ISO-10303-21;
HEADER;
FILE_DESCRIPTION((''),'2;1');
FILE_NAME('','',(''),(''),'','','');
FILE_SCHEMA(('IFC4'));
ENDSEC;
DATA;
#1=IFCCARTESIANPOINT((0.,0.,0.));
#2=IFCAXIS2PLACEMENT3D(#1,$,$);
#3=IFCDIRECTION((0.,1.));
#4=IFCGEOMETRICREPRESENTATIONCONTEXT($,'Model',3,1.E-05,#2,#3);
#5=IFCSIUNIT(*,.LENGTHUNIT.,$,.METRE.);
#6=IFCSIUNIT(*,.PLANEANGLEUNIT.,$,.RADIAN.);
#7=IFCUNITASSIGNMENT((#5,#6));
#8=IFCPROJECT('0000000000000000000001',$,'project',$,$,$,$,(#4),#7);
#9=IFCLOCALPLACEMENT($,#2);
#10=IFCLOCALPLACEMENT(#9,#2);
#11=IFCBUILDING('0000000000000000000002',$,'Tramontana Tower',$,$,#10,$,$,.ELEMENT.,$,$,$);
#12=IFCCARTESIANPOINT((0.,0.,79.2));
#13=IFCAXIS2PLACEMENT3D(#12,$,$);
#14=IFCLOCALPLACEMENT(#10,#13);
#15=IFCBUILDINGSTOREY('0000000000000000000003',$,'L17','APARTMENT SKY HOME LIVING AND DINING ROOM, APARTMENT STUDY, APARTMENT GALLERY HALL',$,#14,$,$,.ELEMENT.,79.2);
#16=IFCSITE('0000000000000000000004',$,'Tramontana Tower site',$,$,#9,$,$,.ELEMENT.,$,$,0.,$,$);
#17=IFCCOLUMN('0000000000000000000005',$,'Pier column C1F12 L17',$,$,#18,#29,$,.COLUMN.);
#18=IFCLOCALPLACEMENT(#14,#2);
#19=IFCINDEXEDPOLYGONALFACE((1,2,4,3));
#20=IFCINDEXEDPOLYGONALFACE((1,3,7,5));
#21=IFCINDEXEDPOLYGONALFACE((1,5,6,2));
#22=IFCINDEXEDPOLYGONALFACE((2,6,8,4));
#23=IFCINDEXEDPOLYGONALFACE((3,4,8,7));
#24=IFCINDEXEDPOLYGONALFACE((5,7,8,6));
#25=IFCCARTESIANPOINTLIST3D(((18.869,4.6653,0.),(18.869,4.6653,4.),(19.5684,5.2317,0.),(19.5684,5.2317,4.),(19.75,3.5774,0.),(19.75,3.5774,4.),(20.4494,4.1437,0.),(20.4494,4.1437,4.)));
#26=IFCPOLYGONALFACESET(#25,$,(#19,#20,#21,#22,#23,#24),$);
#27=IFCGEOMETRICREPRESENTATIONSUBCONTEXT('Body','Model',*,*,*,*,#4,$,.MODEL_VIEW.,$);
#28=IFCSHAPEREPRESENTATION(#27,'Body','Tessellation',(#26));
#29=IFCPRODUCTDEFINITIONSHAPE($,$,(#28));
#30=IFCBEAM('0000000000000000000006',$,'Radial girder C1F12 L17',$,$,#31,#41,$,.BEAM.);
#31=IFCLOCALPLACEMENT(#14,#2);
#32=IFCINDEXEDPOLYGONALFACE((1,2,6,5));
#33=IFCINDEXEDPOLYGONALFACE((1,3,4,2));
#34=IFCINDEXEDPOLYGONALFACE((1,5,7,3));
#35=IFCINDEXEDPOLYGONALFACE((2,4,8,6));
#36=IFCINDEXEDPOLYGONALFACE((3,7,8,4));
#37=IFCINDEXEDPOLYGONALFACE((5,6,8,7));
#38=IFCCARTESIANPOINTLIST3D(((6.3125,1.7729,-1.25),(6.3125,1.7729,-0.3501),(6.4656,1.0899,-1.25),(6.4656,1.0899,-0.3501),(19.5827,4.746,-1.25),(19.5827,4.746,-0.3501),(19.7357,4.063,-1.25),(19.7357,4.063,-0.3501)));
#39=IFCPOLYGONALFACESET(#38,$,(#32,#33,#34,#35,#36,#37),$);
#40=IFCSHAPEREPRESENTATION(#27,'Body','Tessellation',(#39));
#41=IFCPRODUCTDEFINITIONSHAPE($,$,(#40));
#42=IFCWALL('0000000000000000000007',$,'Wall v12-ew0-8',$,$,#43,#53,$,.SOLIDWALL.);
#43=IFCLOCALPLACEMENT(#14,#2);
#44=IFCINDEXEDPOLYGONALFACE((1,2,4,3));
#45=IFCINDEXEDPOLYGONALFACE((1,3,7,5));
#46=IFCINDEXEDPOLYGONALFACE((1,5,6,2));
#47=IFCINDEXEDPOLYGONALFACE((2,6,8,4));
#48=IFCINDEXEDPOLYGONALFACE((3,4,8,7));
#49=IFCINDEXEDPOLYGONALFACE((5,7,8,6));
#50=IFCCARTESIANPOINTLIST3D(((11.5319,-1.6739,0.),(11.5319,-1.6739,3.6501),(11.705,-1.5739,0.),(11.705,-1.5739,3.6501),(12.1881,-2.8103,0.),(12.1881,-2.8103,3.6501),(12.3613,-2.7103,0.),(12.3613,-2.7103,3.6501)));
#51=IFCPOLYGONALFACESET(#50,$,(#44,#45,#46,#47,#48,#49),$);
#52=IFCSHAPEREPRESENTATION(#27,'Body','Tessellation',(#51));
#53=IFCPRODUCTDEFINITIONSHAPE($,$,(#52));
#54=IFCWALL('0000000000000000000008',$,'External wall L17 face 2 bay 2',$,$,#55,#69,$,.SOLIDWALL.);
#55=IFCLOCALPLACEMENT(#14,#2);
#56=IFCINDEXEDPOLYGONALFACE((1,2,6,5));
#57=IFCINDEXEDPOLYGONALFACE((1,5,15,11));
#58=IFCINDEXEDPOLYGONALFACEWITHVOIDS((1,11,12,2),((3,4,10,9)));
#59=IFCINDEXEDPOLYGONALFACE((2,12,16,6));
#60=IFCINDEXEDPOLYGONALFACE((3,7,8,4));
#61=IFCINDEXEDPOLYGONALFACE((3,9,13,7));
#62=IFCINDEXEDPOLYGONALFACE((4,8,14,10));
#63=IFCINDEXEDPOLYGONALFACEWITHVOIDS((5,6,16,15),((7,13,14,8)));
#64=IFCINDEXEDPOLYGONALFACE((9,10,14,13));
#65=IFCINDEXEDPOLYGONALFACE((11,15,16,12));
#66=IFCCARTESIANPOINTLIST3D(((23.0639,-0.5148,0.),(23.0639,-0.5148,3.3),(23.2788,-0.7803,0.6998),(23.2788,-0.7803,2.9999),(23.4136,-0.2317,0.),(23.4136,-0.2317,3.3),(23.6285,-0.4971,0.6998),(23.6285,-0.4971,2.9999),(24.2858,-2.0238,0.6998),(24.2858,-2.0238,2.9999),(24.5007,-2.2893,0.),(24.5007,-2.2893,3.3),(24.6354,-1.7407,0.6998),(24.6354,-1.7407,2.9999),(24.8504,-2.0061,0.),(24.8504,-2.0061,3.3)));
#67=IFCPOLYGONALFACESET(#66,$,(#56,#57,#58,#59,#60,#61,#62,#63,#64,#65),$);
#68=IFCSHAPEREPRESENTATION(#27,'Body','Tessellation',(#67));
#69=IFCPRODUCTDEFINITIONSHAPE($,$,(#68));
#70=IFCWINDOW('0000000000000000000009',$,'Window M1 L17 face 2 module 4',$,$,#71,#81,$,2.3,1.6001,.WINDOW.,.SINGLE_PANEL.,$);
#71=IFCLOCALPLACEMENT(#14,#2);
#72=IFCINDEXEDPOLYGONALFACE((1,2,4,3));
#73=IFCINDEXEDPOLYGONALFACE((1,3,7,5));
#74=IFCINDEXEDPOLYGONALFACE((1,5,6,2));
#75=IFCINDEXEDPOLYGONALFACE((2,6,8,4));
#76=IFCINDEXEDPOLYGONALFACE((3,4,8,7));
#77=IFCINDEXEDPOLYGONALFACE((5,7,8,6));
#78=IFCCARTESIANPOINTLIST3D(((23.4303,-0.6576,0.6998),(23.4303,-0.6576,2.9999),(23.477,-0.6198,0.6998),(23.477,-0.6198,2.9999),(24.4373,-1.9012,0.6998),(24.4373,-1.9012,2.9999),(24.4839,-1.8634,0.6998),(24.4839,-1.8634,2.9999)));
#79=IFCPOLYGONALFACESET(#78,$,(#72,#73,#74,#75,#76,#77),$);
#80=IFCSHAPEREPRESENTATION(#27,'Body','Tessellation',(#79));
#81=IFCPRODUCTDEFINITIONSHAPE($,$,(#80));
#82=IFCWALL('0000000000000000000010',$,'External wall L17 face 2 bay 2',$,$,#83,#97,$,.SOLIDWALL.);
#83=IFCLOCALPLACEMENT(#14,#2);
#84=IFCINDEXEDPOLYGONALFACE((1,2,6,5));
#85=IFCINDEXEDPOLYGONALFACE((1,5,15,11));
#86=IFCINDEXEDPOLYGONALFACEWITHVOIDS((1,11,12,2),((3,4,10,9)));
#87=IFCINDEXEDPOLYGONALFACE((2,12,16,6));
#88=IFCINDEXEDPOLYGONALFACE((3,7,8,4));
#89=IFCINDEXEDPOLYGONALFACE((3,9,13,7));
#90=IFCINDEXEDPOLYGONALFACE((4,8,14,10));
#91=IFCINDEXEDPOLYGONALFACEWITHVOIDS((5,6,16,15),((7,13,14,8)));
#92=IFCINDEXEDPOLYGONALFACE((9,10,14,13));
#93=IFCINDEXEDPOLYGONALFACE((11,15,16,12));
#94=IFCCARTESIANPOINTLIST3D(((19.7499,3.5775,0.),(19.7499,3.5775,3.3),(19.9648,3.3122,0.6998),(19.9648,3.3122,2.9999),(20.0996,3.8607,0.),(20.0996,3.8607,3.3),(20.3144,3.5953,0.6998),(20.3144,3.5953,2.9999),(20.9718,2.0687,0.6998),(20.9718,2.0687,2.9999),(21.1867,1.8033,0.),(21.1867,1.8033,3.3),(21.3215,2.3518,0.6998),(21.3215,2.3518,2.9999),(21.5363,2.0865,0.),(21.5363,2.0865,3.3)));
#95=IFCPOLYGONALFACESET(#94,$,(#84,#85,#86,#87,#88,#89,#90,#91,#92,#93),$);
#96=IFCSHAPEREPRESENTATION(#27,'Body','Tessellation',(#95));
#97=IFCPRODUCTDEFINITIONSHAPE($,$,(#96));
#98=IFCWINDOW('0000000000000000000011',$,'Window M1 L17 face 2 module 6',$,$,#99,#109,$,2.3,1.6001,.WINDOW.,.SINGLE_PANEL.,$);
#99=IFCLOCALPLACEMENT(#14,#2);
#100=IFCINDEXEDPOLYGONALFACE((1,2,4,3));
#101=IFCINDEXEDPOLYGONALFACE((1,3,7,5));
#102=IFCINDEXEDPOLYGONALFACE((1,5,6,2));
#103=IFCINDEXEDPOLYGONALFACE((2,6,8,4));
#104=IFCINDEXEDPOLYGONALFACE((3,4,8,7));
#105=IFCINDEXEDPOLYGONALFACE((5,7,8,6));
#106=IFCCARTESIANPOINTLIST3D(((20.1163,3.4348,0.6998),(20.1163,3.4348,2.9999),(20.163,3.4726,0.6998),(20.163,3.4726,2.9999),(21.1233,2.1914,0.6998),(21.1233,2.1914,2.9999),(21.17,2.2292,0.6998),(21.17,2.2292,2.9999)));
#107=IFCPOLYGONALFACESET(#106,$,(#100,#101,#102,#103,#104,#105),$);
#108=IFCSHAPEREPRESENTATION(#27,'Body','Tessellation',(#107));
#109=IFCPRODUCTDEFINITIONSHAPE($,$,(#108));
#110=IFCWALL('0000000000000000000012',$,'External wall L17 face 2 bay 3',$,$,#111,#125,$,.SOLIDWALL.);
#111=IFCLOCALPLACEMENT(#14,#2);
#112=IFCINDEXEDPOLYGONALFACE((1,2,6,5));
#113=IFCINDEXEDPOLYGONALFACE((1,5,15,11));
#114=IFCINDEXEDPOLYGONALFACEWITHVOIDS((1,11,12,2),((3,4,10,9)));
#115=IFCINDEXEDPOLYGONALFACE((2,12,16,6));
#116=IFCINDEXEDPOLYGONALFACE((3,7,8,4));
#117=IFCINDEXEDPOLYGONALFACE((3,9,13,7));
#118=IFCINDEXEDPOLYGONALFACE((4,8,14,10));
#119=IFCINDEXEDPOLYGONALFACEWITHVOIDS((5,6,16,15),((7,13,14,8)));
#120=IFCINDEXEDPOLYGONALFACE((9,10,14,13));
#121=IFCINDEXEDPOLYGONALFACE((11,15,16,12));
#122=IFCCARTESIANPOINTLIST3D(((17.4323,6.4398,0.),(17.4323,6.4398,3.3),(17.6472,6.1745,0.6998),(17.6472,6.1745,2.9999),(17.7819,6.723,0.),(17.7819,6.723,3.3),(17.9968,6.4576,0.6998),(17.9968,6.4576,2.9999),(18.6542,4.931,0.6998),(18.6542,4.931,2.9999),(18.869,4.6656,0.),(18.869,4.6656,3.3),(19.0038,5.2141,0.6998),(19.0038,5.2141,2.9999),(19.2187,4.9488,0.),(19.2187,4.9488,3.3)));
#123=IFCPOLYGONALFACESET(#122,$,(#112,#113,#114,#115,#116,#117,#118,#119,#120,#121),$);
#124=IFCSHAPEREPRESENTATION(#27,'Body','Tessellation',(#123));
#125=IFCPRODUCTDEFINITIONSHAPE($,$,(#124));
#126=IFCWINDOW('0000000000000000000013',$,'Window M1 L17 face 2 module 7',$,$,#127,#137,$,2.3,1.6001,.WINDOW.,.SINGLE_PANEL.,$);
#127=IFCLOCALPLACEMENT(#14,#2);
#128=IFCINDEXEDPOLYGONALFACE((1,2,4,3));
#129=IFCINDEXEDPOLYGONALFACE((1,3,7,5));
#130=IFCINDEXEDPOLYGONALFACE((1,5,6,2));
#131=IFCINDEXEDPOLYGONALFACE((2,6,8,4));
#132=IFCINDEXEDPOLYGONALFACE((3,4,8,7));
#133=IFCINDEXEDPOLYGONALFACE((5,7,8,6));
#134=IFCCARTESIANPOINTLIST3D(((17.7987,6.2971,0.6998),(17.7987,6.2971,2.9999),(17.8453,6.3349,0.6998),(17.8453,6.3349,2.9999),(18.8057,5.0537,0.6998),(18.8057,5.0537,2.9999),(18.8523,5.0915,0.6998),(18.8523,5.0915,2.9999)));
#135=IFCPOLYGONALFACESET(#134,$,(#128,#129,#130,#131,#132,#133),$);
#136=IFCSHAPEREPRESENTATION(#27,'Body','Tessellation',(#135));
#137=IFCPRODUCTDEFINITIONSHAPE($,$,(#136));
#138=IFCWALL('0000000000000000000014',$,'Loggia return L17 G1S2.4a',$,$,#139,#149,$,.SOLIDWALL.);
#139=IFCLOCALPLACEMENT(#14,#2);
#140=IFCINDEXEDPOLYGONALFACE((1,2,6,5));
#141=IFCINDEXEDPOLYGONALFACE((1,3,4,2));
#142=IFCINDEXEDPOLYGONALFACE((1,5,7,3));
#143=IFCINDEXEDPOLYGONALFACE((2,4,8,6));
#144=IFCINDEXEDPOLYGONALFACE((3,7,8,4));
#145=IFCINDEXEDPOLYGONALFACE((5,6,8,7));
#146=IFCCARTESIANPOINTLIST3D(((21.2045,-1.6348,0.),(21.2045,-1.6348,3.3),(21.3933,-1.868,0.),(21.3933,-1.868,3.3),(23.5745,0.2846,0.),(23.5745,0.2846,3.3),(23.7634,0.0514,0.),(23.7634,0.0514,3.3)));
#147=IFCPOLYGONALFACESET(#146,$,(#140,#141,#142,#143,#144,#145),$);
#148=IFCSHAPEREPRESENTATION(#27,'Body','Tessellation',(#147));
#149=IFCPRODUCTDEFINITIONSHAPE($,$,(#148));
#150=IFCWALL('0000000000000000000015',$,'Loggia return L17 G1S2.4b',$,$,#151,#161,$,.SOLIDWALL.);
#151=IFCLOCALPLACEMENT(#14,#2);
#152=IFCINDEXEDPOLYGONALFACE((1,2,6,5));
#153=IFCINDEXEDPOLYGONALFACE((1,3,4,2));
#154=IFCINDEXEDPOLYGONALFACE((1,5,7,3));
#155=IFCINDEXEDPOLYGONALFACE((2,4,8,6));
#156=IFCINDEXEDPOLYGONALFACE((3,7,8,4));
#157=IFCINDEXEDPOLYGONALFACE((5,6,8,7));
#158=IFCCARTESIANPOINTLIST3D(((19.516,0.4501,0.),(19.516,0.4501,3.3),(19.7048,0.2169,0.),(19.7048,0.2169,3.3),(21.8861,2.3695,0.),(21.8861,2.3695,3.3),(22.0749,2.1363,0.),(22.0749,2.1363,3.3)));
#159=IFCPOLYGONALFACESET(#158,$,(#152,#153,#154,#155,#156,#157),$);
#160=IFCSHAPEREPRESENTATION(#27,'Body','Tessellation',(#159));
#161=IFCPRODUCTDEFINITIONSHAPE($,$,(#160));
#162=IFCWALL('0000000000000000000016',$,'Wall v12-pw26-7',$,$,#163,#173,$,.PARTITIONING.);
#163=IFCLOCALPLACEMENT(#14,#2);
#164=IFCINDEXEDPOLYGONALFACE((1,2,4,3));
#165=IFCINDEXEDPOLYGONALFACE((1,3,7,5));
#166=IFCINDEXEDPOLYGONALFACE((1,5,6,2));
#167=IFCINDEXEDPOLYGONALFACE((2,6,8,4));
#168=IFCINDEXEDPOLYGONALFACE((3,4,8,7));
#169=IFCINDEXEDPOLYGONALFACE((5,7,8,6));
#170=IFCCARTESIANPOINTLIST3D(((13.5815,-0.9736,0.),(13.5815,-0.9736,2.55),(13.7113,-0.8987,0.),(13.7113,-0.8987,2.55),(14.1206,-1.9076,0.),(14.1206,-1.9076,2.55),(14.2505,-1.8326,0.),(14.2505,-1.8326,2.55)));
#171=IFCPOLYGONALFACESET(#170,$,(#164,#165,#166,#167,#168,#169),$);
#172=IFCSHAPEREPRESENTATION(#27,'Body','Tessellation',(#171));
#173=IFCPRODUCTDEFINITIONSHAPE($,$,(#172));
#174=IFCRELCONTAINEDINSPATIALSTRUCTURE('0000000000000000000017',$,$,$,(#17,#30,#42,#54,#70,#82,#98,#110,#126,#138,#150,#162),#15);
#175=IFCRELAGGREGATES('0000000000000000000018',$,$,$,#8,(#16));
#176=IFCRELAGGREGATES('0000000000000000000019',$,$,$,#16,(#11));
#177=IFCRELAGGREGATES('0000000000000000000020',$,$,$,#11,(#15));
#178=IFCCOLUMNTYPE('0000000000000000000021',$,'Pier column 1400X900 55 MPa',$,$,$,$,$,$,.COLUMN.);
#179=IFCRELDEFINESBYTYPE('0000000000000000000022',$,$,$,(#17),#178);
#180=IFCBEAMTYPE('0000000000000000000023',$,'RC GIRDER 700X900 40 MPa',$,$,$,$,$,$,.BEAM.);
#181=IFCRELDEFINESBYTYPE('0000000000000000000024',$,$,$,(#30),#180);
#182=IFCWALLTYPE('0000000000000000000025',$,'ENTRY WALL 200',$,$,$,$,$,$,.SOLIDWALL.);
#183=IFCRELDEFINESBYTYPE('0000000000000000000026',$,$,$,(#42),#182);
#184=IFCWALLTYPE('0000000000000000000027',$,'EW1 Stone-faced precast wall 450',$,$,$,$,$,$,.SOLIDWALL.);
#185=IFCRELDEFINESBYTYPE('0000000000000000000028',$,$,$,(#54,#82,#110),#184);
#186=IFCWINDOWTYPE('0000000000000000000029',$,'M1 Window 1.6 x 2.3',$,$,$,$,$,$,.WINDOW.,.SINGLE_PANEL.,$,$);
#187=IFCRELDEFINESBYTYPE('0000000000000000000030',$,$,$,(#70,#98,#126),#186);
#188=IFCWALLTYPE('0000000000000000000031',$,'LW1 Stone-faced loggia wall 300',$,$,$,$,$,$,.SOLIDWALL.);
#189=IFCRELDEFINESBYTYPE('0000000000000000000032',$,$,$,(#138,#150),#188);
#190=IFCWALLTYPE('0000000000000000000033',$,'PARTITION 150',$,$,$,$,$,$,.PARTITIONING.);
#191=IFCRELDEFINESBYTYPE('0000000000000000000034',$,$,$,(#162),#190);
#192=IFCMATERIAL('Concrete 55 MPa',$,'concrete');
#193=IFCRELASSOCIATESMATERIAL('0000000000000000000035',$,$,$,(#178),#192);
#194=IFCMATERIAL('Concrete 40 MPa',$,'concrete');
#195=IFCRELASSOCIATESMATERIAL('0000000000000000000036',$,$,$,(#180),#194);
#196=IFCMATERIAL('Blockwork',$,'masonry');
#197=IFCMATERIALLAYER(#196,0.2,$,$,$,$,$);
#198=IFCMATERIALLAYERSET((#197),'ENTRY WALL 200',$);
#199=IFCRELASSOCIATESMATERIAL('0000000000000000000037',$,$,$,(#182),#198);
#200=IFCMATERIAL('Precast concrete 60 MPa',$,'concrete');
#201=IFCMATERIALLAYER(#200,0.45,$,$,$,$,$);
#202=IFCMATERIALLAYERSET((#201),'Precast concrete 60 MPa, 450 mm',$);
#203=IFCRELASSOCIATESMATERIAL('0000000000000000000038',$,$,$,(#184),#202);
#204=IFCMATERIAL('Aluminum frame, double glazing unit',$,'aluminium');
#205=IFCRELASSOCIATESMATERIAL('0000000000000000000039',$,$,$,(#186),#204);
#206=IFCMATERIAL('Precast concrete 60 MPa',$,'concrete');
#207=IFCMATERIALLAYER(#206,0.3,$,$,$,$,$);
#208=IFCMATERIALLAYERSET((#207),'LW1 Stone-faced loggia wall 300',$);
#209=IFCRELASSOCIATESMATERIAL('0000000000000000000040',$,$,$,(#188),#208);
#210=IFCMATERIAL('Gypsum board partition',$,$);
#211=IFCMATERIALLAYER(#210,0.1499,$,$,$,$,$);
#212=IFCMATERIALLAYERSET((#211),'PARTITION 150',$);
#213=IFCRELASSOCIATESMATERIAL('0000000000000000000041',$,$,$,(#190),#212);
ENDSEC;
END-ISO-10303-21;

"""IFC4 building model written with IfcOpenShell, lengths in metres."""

from ifc_helpers import new_model, si_unit, direction, frame, frame_2d, origin, origin_2d, place, context, subcontext, project, spatial, rectangle, extrude, material, layer, layer_set, material_profile, profile_set, type_object, element, fill, save


model = new_model("IFC4")

# Units and contexts
model_context = context("Model", 3, precision=1e-05, world=origin(), true_north=direction((0.0, 1.0)))
body_context = subcontext(model_context, "Body", "Model", "MODEL_VIEW")
ifc_project = project(units=[si_unit("LENGTHUNIT", "METRE"), si_unit("PLANEANGLEUNIT", "RADIAN")], contexts=[model_context])

# Site, building, storey
site_placement = place(None, origin())
site = spatial("IfcSite", under=ifc_project, at=site_placement, Name="Tramontana Tower site", CompositionType="ELEMENT", RefElevation=0.0)
building_placement = place(site_placement, origin())
building = spatial("IfcBuilding", under=site, at=building_placement, Name="Tramontana Tower", CompositionType="ELEMENT")
storey_placement = place(building_placement, frame((0.0, 0.0, 79.2)))
storey = spatial("IfcBuildingStorey", under=building, at=storey_placement, Name="L17", Description="APARTMENT SKY HOME LIVING AND DINING ROOM, APARTMENT STUDY, APARTMENT GALLERY HALL", CompositionType="ELEMENT", Elevation=79.2)

# Column
ifc_material_1 = material(Name="Concrete 55 MPa", Category="concrete")
ifc_material_profile_1 = material_profile(ifc_material_1, rectangle(XDim=1.3999, YDim=0.8999, at=origin_2d()), Name="Pier column 1400X900 55 MPa")
ifc_profile_set_1 = profile_set([ifc_material_profile_1], Name="Concrete 55 MPa")
column_type = type_object("IfcColumnType", Name="Pier column 1400X900 55 MPa", PredefinedType="COLUMN", material=ifc_profile_set_1)
column_placement = place(storey_placement, frame((19.6592, 4.4045, 0.0), z_axis=(0.0, 0.0, 1.0), x_axis=(-0.62932, 0.777146, 0.0)))
element("IfcColumn", 1, at=column_placement, inside=storey, type_object=column_type, Name="Pier column C1F12 L17", PredefinedType="COLUMN", context=body_context, shape_type="SweptSolid", body=[
    extrude(rectangle(XDim=1.3999, YDim=0.8999, at=origin_2d()), origin(), (0.0, 0.0, 1.0), 4.0),
])

# Beam
ifc_material_2 = material(Name="Concrete 40 MPa", Category="concrete")
ifc_material_profile_2 = material_profile(ifc_material_2, rectangle(XDim=0.7, YDim=0.8999, at=origin_2d()), Name="RC GIRDER 700X900 40 MPa")
ifc_profile_set_2 = profile_set([ifc_material_profile_2], Name="Concrete 40 MPa")
beam_type = type_object("IfcBeamType", Name="RC GIRDER 700X900 40 MPa", PredefinedType="BEAM", material=ifc_profile_set_2)
beam_placement = place(storey_placement, frame((19.6592, 4.4045, -0.8), z_axis=(-0.975808, -0.21863, 0.0), x_axis=(0.21863, -0.975808, 0.0)))
element("IfcBeam", 2, at=beam_placement, inside=storey, type_object=beam_type, Name="Radial girder C1F12 L17", PredefinedType="BEAM", context=body_context, shape_type="SweptSolid", body=[
    extrude(rectangle(XDim=0.7, YDim=0.8999, at=origin_2d()), origin(), (0.0, 0.0, 1.0), 13.5991),
])

# Wall
ifc_material_3 = material(Name="Blockwork", Category="masonry")
ifc_layer_1 = layer(ifc_material_3, 0.2)
ifc_layer_set_1 = layer_set([ifc_layer_1], Name="ENTRY WALL 200")
wall_type_1 = type_object("IfcWallType", Name="ENTRY WALL 200", PredefinedType="SOLIDWALL", material=ifc_layer_set_1)
wall_1_placement = place(storey_placement, frame((11.6184, -1.6238, 0.0), z_axis=(0.0, 0.0, 1.0), x_axis=(0.500061, -0.86599, 0.0)))
element("IfcWall", 3, at=wall_1_placement, inside=storey, type_object=wall_type_1, Name="Wall v12-ew0-8", PredefinedType="SOLIDWALL", context=body_context, shape_type="SweptSolid", body=[
    extrude(rectangle(XDim=1.3123, YDim=0.2, at=frame_2d((0.6562, 0.0))), origin(), (0.0, 0.0, 1.0), 3.6501),
])

# Walls, openings, windows
ifc_material_4 = material(Name="Precast concrete 60 MPa", Category="concrete")
ifc_layer_2 = layer(ifc_material_4, 0.45)
ifc_layer_set_2 = layer_set([ifc_layer_2], Name="Precast concrete 60 MPa, 450 mm")
wall_type_2 = type_object("IfcWallType", Name="EW1 Stone-faced precast wall 450", PredefinedType="SOLIDWALL", material=ifc_layer_set_2)
wall_2_placement = place(storey_placement, frame((24.6755, -2.1477, 0.0), z_axis=(0.0, 0.0, 1.0), x_axis=(-0.629287, 0.777173, 0.0)))
wall_2 = element("IfcWall", 4, at=wall_2_placement, inside=storey, type_object=wall_type_2, Name="External wall L17 face 2 bay 2", PredefinedType="SOLIDWALL", context=body_context, shape_type="SweptSolid", body=[
    extrude(rectangle(XDim=2.2832, YDim=0.45, at=frame_2d((1.1416, 0.0))), origin(), (0.0, 0.0, 1.0), 3.3),
])
opening_1_placement = place(wall_2_placement, frame((0.3416, 0.0, 0.7)))
opening_1 = element("IfcOpeningElement", 5, at=opening_1_placement, cuts=wall_2, PredefinedType="OPENING", context=body_context, shape_type="SweptSolid", body=[
    extrude(rectangle(XDim=1.6001, YDim=2.3, at=frame_2d((0.8, 1.1499))), frame((0.0, 0.2349, 0.0), z_axis=(0.0, -1.0, 0.0), x_axis=(1.0, 0.0, 0.0)), (0.0, 0.0, 1.0), 0.47),
])
ifc_material_5 = material(Name="Aluminum frame, double glazing unit", Category="aluminium")
window_type = type_object("IfcWindowType", Name="M1 Window 1.6 x 2.3", PartitioningType="SINGLE_PANEL", PredefinedType="WINDOW", material=ifc_material_5)
window_1_placement = place(opening_1_placement, origin())
window_1 = element("IfcWindow", 6, at=window_1_placement, inside=storey, type_object=window_type, Name="Window M1 L17 face 2 module 4", OverallHeight=2.3, OverallWidth=1.6001, PartitioningType="SINGLE_PANEL", PredefinedType="WINDOW", context=body_context, shape_type="SweptSolid", body=[
    extrude(rectangle(XDim=1.6001, YDim=2.3, at=frame_2d((0.8, 1.1499))), frame((0.0, 0.03, 0.0), z_axis=(0.0, -1.0, 0.0), x_axis=(1.0, 0.0, 0.0)), (0.0, 0.0, 1.0), 0.0601),
])
fill(opening_1, window_1)
wall_3_placement = place(storey_placement, frame((21.3616, 1.9448, 0.0), z_axis=(0.0, 0.0, 1.0), x_axis=(-0.62934, 0.77713, 0.0)))
wall_3 = element("IfcWall", 7, at=wall_3_placement, inside=storey, type_object=wall_type_2, Name="External wall L17 face 2 bay 2", PredefinedType="SOLIDWALL", context=body_context, shape_type="SweptSolid", body=[
    extrude(rectangle(XDim=2.283, YDim=0.45, at=frame_2d((1.1416, 0.0))), origin(), (0.0, 0.0, 1.0), 3.3),
])
opening_2_placement = place(wall_3_placement, frame((0.3416, 0.0, 0.7)))
opening_2 = element("IfcOpeningElement", 8, at=opening_2_placement, cuts=wall_3, PredefinedType="OPENING", context=body_context, shape_type="SweptSolid", body=[
    extrude(rectangle(XDim=1.6001, YDim=2.3, at=frame_2d((0.8, 1.1499))), frame((0.0, 0.2349, 0.0), z_axis=(0.0, -1.0, 0.0), x_axis=(1.0, 0.0, 0.0)), (0.0, 0.0, 1.0), 0.47),
])
window_2_placement = place(opening_2_placement, origin())
window_2 = element("IfcWindow", 9, at=window_2_placement, inside=storey, type_object=window_type, Name="Window M1 L17 face 2 module 6", OverallHeight=2.3, OverallWidth=1.6001, PartitioningType="SINGLE_PANEL", PredefinedType="WINDOW", context=body_context, shape_type="SweptSolid", body=[
    extrude(rectangle(XDim=1.6001, YDim=2.3, at=frame_2d((0.8, 1.1499))), frame((0.0, 0.03, 0.0), z_axis=(0.0, -1.0, 0.0), x_axis=(1.0, 0.0, 0.0)), (0.0, 0.0, 1.0), 0.0601),
])
fill(opening_2, window_2)
wall_4_placement = place(storey_placement, frame((19.0439, 4.8071, 0.0), z_axis=(0.0, 0.0, 1.0), x_axis=(-0.62934, 0.77713, 0.0)))
wall_4 = element("IfcWall", 10, at=wall_4_placement, inside=storey, type_object=wall_type_2, Name="External wall L17 face 2 bay 3", PredefinedType="SOLIDWALL", context=body_context, shape_type="SweptSolid", body=[
    extrude(rectangle(XDim=2.283, YDim=0.45, at=frame_2d((1.1416, 0.0))), origin(), (0.0, 0.0, 1.0), 3.3),
])
opening_3_placement = place(wall_4_placement, frame((0.3416, 0.0, 0.7)))
opening_3 = element("IfcOpeningElement", 11, at=opening_3_placement, cuts=wall_4, PredefinedType="OPENING", context=body_context, shape_type="SweptSolid", body=[
    extrude(rectangle(XDim=1.6001, YDim=2.3, at=frame_2d((0.8, 1.1499))), frame((0.0, 0.2349, 0.0), z_axis=(0.0, -1.0, 0.0), x_axis=(1.0, 0.0, 0.0)), (0.0, 0.0, 1.0), 0.47),
])
window_3_placement = place(opening_3_placement, origin())
window_3 = element("IfcWindow", 12, at=window_3_placement, inside=storey, type_object=window_type, Name="Window M1 L17 face 2 module 7", OverallHeight=2.3, OverallWidth=1.6001, PartitioningType="SINGLE_PANEL", PredefinedType="WINDOW", context=body_context, shape_type="SweptSolid", body=[
    extrude(rectangle(XDim=1.6001, YDim=2.3, at=frame_2d((0.8, 1.1499))), frame((0.0, 0.03, 0.0), z_axis=(0.0, -1.0, 0.0), x_axis=(1.0, 0.0, 0.0)), (0.0, 0.0, 1.0), 0.0601),
])
fill(opening_3, window_3)

# Shared definitions
ifc_material_6 = material(Name="Precast concrete 60 MPa", Category="concrete")
ifc_layer_3 = layer(ifc_material_6, 0.3)
ifc_layer_set_3 = layer_set([ifc_layer_3], Name="LW1 Stone-faced loggia wall 300")
wall_type_3 = type_object("IfcWallType", Name="LW1 Stone-faced loggia wall 300", PredefinedType="SOLIDWALL", material=ifc_layer_set_3)

# Walls
for number, where, z_axis, x_axis, name in (
    (13, (23.6689, 0.168, 0.0), (0.0, 0.0, 1.0), (-0.777122, -0.62935, 0.0), "Loggia return L17 G1S2.4a"),
    (14, (21.9805, 2.2529, 0.0), (0.0, 0.0, 1.0), (-0.777122, -0.62935, 0.0), "Loggia return L17 G1S2.4b"),
):
    element("IfcWall", number, at=place(storey_placement, frame(where, z_axis=z_axis, x_axis=x_axis)), inside=storey, type_object=wall_type_3, Name=name, PredefinedType="SOLIDWALL", context=body_context, shape_type="SweptSolid", body=[
        extrude(rectangle(XDim=3.0498, YDim=0.3, at=frame_2d((1.5249, 0.0))), origin(), (0.0, 0.0, 1.0), 3.3),
    ])

# Shared definitions
ifc_material_7 = material(Name="Gypsum board partition")
ifc_layer_4 = layer(ifc_material_7, 0.1499)
ifc_layer_set_4 = layer_set([ifc_layer_4], Name="PARTITION 150")
wall_type_4 = type_object("IfcWallType", Name="PARTITION 150", PredefinedType="PARTITIONING", material=ifc_layer_set_4)

# Wall
wall_5_placement = place(storey_placement, frame((13.6465, -0.9363, 0.0), z_axis=(0.0, 0.0, 1.0), x_axis=(0.499938, -0.866061, 0.0)))
element("IfcWall", 15, at=wall_5_placement, inside=storey, type_object=wall_type_4, Name="Wall v12-pw26-7", PredefinedType="PARTITIONING", context=body_context, shape_type="SweptSolid", body=[
    extrude(rectangle(XDim=1.0784, YDim=0.1499, at=frame_2d((0.5391, 0.0))), origin(), (0.0, 0.0, 1.0), 2.55),
])

save(model, "model.ifc")
